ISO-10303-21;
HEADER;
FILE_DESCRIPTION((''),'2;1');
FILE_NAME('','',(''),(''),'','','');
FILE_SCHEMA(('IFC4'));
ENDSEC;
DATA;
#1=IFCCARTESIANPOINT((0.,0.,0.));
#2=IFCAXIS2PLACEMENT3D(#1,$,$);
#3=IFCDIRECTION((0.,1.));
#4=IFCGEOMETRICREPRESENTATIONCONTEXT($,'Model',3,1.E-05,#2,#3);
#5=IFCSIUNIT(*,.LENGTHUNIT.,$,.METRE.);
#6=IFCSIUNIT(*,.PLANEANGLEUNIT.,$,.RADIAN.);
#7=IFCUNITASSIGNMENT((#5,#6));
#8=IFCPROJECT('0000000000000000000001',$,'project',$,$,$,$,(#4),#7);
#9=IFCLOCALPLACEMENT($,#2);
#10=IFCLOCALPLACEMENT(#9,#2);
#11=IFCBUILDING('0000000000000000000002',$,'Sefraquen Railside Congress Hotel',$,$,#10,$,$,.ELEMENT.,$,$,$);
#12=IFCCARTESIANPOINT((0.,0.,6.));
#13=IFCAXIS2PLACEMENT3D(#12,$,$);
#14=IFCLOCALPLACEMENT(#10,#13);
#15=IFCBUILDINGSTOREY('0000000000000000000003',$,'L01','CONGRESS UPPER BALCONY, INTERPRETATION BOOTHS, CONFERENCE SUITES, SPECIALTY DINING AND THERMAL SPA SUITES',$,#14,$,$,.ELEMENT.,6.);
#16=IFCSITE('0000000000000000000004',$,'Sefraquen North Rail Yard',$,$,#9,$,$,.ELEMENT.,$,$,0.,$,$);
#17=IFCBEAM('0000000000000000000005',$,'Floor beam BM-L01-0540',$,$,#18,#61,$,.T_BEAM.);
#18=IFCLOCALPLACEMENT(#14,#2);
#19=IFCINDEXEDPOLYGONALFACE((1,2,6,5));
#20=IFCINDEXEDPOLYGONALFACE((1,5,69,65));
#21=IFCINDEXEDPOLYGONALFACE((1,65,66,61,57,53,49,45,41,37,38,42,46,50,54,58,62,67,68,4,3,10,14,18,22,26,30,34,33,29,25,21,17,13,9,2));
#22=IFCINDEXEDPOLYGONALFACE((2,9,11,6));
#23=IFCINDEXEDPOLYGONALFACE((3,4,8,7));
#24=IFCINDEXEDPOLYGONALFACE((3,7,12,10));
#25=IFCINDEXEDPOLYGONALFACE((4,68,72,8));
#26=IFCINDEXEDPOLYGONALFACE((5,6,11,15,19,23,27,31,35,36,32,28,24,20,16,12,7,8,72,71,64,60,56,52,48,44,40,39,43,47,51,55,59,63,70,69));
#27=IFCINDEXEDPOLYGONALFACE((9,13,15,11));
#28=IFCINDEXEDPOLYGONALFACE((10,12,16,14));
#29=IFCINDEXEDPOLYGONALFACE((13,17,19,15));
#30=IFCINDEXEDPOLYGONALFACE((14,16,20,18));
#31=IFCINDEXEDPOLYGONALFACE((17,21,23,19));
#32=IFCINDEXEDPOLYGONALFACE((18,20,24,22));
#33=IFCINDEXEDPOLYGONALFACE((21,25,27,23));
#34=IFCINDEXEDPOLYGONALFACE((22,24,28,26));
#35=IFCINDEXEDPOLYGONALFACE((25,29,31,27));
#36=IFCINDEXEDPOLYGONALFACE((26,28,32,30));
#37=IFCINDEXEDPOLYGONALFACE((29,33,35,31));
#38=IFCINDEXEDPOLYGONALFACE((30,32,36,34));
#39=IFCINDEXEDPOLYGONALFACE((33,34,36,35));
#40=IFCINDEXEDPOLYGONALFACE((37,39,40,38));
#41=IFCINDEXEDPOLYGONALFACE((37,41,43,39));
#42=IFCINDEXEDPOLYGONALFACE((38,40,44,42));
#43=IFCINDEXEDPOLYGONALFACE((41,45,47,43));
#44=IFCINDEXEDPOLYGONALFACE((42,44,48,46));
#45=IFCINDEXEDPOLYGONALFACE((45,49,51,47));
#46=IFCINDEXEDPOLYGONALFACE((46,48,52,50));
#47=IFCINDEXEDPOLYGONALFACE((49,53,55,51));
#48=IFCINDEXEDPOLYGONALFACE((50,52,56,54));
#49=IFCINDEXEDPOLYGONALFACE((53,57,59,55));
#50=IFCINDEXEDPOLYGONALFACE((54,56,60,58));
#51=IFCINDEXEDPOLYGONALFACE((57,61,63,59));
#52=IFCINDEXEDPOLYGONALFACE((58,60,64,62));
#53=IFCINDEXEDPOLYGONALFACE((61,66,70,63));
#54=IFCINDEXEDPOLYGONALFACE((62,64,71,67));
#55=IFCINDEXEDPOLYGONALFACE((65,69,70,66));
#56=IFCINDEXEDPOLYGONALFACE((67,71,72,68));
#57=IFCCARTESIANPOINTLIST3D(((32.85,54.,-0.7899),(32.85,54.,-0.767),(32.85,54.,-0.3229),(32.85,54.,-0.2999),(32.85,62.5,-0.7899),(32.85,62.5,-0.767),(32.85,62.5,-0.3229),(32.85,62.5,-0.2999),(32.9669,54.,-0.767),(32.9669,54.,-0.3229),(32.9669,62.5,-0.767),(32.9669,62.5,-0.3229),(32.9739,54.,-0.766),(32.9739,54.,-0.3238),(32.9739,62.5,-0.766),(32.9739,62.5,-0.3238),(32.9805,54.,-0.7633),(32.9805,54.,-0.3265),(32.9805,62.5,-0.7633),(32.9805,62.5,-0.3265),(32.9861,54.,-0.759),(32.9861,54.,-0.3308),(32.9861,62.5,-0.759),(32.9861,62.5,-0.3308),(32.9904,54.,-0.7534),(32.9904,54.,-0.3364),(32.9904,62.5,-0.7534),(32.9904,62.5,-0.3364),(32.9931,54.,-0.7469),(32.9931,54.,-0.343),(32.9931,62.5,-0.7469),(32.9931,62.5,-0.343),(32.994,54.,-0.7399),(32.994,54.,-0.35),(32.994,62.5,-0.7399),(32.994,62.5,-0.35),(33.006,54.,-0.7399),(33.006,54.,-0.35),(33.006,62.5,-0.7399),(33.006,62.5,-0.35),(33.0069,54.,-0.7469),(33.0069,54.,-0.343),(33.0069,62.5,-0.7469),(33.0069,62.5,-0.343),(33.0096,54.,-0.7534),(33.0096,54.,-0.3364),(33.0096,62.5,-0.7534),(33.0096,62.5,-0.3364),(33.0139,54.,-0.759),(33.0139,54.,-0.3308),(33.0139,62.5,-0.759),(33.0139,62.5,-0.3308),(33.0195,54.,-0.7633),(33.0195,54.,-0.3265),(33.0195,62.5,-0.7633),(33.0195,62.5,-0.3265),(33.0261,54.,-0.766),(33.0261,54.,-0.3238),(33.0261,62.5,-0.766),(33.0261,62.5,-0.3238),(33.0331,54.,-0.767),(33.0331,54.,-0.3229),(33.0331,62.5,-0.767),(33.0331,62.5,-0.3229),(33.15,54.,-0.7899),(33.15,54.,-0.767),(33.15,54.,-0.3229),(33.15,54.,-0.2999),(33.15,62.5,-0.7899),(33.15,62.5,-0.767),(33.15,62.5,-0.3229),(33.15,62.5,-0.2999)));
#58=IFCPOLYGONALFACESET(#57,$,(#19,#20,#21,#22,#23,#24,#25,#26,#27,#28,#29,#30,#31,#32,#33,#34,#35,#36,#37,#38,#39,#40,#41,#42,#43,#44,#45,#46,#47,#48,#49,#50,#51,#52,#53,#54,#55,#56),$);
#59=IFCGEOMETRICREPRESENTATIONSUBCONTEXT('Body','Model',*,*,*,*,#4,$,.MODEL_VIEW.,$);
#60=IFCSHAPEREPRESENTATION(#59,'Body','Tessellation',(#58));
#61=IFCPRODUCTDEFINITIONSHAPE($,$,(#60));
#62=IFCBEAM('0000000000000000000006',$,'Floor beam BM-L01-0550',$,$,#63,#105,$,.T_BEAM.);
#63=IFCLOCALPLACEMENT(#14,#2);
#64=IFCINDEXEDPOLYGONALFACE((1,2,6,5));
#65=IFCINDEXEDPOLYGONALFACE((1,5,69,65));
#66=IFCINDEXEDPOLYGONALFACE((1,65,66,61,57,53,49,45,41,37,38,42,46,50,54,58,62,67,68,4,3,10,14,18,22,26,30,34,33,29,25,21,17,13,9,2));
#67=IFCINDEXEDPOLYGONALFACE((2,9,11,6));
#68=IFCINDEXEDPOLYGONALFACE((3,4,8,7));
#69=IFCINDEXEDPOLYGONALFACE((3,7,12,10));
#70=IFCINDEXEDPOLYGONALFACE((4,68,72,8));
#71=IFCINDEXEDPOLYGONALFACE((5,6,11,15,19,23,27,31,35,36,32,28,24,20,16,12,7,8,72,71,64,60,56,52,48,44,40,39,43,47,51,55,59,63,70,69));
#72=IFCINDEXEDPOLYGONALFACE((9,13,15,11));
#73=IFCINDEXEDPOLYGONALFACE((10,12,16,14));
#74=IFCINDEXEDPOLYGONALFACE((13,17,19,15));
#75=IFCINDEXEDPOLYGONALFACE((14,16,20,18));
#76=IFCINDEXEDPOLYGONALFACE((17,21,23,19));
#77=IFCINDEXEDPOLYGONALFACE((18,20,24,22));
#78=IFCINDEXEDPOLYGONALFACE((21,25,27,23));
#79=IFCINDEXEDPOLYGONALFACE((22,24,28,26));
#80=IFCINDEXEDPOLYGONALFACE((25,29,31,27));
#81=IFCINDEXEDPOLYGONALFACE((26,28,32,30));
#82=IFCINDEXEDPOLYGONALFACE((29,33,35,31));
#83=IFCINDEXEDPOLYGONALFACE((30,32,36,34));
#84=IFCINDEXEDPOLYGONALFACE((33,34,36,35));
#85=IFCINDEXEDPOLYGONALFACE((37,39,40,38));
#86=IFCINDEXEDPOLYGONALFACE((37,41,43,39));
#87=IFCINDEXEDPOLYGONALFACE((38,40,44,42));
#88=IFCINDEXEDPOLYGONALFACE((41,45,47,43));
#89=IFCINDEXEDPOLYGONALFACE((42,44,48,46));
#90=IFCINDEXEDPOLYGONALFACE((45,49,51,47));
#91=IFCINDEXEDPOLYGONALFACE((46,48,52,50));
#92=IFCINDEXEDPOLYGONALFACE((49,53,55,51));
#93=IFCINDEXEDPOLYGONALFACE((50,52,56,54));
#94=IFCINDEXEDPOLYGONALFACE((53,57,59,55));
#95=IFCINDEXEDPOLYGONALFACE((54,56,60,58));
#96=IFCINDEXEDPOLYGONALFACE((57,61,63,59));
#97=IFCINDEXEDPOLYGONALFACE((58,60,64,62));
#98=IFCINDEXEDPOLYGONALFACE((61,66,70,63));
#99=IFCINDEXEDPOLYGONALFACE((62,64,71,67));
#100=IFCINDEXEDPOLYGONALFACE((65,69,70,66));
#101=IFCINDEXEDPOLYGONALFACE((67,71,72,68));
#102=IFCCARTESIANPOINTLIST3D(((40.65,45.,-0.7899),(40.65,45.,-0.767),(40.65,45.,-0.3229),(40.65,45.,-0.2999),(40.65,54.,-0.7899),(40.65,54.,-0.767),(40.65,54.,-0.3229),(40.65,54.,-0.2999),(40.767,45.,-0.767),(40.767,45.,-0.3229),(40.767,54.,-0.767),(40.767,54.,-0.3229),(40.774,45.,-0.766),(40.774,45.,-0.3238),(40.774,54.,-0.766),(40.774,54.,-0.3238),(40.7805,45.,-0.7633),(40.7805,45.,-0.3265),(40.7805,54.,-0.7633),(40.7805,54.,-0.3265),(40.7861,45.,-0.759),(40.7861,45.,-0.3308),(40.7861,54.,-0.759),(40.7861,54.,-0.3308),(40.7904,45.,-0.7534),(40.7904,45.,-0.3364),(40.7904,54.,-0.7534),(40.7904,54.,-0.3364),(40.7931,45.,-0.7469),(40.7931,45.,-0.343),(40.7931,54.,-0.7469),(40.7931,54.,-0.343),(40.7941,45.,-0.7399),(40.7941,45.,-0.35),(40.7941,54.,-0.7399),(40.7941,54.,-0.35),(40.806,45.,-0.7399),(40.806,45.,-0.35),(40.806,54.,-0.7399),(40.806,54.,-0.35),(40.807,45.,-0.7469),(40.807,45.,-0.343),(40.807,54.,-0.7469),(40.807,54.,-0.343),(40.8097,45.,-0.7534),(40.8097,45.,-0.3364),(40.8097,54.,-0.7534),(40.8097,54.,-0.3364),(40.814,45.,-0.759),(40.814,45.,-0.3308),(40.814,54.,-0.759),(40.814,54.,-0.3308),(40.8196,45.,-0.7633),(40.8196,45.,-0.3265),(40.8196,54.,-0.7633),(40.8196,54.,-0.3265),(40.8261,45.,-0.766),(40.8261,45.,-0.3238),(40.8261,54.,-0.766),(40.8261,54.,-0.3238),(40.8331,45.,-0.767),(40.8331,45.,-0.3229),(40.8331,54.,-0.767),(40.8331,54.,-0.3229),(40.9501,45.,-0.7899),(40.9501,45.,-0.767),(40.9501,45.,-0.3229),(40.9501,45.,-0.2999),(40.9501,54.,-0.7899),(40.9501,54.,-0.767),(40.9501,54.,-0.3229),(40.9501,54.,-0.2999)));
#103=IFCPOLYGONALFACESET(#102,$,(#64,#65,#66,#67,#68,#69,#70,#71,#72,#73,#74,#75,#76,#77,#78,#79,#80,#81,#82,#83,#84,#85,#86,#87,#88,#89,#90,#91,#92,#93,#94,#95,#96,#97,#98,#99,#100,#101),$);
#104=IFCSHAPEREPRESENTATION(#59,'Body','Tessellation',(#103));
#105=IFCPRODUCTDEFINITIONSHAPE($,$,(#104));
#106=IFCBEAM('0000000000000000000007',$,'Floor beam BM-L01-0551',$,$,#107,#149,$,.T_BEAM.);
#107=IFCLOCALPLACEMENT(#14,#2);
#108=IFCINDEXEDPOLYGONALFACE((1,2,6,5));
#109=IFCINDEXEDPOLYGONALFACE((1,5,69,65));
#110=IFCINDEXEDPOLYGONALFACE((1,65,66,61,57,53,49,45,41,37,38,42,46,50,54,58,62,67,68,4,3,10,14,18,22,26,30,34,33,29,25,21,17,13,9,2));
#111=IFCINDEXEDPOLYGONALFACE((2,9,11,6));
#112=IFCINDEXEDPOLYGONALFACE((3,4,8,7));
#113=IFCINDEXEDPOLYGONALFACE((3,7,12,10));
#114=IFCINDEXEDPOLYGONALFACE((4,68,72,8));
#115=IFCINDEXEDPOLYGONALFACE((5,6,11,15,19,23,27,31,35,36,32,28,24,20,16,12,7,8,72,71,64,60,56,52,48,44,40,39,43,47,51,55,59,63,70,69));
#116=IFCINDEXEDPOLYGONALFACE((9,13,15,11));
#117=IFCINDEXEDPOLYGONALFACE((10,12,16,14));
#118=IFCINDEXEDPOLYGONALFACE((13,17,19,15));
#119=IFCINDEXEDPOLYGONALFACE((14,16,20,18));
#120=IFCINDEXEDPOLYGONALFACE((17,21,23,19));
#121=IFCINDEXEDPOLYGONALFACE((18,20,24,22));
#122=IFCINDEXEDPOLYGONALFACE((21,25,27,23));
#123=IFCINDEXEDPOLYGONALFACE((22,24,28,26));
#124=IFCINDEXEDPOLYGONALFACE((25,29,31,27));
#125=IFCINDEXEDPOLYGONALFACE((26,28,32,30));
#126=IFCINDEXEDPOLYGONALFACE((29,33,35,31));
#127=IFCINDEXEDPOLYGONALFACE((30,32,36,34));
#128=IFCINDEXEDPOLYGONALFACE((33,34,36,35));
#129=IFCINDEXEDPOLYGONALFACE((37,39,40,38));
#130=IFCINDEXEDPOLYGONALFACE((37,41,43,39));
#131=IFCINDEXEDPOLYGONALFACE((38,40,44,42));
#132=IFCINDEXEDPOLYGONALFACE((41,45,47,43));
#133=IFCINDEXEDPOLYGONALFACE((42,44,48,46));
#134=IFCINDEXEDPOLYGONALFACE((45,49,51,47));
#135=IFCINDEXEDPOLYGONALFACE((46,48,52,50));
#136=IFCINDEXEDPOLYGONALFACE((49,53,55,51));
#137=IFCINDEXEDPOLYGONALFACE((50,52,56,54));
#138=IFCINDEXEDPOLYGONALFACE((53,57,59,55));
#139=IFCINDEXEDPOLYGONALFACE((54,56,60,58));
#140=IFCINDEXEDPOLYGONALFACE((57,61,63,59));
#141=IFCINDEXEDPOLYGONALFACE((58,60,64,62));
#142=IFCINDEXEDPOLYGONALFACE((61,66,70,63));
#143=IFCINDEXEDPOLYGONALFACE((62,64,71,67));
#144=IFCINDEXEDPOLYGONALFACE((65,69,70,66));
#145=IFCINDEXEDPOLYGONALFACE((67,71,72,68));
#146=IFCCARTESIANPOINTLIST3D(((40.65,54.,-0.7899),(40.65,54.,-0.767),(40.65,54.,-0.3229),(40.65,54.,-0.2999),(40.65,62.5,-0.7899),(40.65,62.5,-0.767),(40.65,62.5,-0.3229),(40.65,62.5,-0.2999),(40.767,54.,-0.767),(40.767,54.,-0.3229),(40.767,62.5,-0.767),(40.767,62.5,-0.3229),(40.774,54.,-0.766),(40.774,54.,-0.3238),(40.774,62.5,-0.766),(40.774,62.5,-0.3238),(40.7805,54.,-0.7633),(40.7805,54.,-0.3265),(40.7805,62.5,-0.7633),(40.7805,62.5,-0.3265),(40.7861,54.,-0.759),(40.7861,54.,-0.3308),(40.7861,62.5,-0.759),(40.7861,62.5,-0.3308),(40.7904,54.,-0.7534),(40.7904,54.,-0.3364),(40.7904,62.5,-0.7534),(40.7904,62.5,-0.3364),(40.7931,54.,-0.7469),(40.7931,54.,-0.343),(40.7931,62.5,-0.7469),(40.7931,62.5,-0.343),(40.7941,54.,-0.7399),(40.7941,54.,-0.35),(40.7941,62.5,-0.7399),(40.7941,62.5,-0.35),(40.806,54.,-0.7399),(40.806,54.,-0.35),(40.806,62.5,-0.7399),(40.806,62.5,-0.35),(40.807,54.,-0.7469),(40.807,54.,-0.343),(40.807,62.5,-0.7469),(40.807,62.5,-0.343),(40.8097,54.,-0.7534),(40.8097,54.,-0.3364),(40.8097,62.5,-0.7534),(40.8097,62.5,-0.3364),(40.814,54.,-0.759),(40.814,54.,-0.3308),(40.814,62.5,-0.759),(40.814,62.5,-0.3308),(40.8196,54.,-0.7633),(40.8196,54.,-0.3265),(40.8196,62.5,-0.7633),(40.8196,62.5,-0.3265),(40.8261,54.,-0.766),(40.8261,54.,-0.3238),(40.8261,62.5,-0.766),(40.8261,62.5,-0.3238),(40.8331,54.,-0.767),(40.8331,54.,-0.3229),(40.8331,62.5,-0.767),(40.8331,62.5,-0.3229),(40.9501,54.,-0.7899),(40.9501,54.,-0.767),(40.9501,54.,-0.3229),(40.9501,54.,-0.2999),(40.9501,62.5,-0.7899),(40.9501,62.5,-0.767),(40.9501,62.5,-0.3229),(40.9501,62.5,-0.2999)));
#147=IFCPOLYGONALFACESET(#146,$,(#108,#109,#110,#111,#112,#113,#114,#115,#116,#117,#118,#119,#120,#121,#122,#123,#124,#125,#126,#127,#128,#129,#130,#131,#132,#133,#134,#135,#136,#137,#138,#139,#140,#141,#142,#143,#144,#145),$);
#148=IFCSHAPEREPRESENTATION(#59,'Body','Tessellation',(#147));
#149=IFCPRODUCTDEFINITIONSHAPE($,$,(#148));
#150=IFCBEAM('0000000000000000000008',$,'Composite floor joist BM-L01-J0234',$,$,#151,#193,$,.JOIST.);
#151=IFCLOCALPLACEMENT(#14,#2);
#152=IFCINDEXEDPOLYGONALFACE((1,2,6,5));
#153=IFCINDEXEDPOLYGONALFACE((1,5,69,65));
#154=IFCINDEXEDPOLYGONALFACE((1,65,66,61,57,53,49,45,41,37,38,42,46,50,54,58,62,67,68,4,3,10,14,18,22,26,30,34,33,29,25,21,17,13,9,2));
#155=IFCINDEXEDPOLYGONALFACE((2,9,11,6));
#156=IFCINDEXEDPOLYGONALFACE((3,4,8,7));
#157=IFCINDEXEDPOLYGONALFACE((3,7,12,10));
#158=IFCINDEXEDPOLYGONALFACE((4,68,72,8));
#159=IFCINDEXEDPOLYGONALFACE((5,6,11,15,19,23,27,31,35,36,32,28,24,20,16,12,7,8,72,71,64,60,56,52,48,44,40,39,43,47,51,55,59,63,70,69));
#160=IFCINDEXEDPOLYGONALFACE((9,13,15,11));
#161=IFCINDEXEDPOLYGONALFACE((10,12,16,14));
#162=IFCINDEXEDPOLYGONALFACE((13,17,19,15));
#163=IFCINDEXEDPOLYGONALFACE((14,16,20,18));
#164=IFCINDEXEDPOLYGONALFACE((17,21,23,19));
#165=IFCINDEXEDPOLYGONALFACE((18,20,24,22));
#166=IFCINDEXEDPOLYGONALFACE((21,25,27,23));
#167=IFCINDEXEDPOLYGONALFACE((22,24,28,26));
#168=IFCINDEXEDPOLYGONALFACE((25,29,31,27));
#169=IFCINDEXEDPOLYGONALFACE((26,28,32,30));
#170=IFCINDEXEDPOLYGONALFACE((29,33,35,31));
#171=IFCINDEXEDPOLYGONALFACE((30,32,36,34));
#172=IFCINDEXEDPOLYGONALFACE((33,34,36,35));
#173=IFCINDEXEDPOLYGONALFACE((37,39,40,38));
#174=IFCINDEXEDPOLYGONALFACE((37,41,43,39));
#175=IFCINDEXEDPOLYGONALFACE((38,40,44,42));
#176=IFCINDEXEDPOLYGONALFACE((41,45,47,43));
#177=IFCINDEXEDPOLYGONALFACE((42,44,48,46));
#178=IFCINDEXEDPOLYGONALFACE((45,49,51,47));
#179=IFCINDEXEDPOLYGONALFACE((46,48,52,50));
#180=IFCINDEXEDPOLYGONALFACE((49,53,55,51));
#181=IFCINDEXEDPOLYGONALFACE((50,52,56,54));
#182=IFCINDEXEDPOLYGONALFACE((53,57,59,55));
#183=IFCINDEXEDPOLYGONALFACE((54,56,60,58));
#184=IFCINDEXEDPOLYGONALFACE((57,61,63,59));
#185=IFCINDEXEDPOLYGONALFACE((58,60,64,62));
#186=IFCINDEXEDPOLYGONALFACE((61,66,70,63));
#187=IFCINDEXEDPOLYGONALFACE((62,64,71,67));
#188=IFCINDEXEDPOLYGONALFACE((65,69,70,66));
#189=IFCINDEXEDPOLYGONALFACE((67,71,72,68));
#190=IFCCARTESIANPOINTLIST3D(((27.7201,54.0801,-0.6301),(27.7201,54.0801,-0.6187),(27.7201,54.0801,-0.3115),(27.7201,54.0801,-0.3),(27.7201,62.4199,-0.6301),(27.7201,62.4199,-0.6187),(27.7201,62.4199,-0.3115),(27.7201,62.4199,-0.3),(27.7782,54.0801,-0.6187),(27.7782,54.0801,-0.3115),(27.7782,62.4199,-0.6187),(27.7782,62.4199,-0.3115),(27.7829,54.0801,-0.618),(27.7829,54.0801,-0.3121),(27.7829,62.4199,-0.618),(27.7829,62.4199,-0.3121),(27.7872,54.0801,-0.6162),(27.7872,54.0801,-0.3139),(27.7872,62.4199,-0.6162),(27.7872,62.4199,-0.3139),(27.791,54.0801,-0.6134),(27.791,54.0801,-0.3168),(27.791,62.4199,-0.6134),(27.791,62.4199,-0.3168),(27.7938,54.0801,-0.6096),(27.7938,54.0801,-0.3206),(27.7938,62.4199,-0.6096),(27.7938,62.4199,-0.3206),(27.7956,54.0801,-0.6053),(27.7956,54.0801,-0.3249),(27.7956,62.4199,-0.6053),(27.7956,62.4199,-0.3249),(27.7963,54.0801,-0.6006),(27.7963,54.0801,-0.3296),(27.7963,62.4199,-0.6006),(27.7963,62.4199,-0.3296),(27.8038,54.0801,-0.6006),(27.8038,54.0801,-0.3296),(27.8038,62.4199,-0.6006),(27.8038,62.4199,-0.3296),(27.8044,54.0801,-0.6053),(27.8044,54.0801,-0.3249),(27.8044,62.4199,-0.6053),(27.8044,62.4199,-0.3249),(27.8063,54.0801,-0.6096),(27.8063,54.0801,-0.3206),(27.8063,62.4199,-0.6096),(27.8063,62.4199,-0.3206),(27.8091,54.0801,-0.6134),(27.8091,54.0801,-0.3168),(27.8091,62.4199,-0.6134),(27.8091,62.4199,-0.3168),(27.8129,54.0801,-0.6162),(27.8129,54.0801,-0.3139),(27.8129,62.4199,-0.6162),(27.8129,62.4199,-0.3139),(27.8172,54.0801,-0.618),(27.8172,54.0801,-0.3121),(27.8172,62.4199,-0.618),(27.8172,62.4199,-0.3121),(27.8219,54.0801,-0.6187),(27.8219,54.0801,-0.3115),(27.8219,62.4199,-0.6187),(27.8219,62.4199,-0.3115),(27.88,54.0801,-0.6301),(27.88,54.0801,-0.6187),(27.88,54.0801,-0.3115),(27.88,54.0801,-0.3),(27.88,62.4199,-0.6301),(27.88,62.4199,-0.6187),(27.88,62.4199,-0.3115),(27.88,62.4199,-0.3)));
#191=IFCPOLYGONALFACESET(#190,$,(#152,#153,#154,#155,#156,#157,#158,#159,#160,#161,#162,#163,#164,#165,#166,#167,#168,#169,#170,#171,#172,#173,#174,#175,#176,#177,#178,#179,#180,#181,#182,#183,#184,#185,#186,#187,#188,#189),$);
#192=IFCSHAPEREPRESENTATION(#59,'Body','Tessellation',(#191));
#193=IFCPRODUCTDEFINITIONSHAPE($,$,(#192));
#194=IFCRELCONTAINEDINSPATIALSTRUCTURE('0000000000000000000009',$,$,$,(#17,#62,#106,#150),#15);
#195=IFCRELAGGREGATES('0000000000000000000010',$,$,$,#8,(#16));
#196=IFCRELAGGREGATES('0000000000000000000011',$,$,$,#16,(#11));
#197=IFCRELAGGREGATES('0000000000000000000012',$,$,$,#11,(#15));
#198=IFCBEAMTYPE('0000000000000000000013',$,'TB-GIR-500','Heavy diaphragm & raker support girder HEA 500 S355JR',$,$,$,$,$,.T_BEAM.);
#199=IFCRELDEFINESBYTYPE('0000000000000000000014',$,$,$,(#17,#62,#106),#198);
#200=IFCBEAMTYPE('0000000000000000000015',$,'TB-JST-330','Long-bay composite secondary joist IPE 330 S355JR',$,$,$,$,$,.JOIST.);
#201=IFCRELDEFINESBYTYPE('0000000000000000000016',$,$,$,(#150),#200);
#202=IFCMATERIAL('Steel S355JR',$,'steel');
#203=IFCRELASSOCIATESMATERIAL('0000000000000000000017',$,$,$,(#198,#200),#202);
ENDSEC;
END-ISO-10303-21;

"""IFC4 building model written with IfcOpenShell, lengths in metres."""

from ifc_helpers import new_model, si_unit, direction, frame, origin, origin_2d, place, context, subcontext, project, spatial, i_section, extrude, material, material_profile, profile_set, type_object, element, save


model = new_model("IFC4")

# Units and contexts
model_context = context("Model", 3, precision=1e-05, world=origin(), true_north=direction((0.0, 1.0)))
body_context = subcontext(model_context, "Body", "Model", "MODEL_VIEW")
ifc_project = project(units=[si_unit("LENGTHUNIT", "METRE"), si_unit("PLANEANGLEUNIT", "RADIAN")], contexts=[model_context])

# Site, building, storey
site_placement = place(None, origin())
site = spatial("IfcSite", under=ifc_project, at=site_placement, Name="Sefraquen North Rail Yard", CompositionType="ELEMENT", RefElevation=0.0)
building_placement = place(site_placement, origin())
building = spatial("IfcBuilding", under=site, at=building_placement, Name="Sefraquen Railside Congress Hotel", CompositionType="ELEMENT")
storey_placement = place(building_placement, frame((0.0, 0.0, 6.0)))
storey = spatial("IfcBuildingStorey", under=building, at=storey_placement, Name="L01", Description="CONGRESS UPPER BALCONY, INTERPRETATION BOOTHS, CONFERENCE SUITES, SPECIALTY DINING AND THERMAL SPA SUITES", CompositionType="ELEMENT", Elevation=6.0)

# Shared definitions
ifc_material_1 = material(Name="Steel S355JR", Category="steel")

# Beams
ifc_material_profile_1 = material_profile(ifc_material_1, i_section(OverallWidth=0.3, OverallDepth=0.49, WebThickness=0.012, FlangeThickness=0.0229, FilletRadius=0.0271, at=origin_2d()), Name="HEA 500")
ifc_profile_set_1 = profile_set([ifc_material_profile_1], Name="Steel S355JR")
beam_type_1 = type_object("IfcBeamType", Name="TB-GIR-500", Description="Heavy diaphragm & raker support girder HEA 500 S355JR", PredefinedType="T_BEAM", material=ifc_profile_set_1)
beam_1_placement = place(storey_placement, frame((33.0, 54.0, -0.5449), z_axis=(0.0, 1.0, 0.0), x_axis=(-1.0, 0.0, 0.0)))
element("IfcBeam", 1, at=beam_1_placement, inside=storey, type_object=beam_type_1, Name="Floor beam BM-L01-0540", PredefinedType="T_BEAM", context=body_context, shape_type="SweptSolid", body=[
    extrude(i_section(OverallWidth=0.3, OverallDepth=0.49, WebThickness=0.012, FlangeThickness=0.0229, FilletRadius=0.0271, at=origin_2d()), origin(), (0.0, 0.0, 1.0), 8.5),
])
beam_2_placement = place(storey_placement, frame((40.8, 45.0, -0.5449), z_axis=(0.0, 1.0, 0.0), x_axis=(-1.0, 0.0, 0.0)))
element("IfcBeam", 2, at=beam_2_placement, inside=storey, type_object=beam_type_1, Name="Floor beam BM-L01-0550", PredefinedType="T_BEAM", context=body_context, shape_type="SweptSolid", body=[
    extrude(i_section(OverallWidth=0.3, OverallDepth=0.49, WebThickness=0.012, FlangeThickness=0.0229, FilletRadius=0.0271, at=origin_2d()), origin(), (0.0, 0.0, 1.0), 9.0),
])
beam_3_placement = place(storey_placement, frame((40.8, 54.0, -0.5449), z_axis=(0.0, 1.0, 0.0), x_axis=(-1.0, 0.0, 0.0)))
element("IfcBeam", 3, at=beam_3_placement, inside=storey, type_object=beam_type_1, Name="Floor beam BM-L01-0551", PredefinedType="T_BEAM", context=body_context, shape_type="SweptSolid", body=[
    extrude(i_section(OverallWidth=0.3, OverallDepth=0.49, WebThickness=0.012, FlangeThickness=0.0229, FilletRadius=0.0271, at=origin_2d()), origin(), (0.0, 0.0, 1.0), 8.5),
])
ifc_material_profile_2 = material_profile(ifc_material_1, i_section(OverallWidth=0.1599, OverallDepth=0.3301, WebThickness=0.0076, FlangeThickness=0.0115, FilletRadius=0.0181, at=origin_2d()), Name="IPE 330")
ifc_profile_set_2 = profile_set([ifc_material_profile_2], Name="Steel S355JR")
beam_type_2 = type_object("IfcBeamType", Name="TB-JST-330", Description="Long-bay composite secondary joist IPE 330 S355JR", PredefinedType="JOIST", material=ifc_profile_set_2)
for number, where, z_axis, x_axis, name in (
    (4, (27.8, 54.0801, -0.4651), (0.0, 1.0, 0.0), (-1.0, 0.0, 0.0), "Composite floor joist BM-L01-J0234"),
):
    element("IfcBeam", number, at=place(storey_placement, frame(where, z_axis=z_axis, x_axis=x_axis)), inside=storey, type_object=beam_type_2, Name=name, PredefinedType="JOIST", context=body_context, shape_type="SweptSolid", body=[
        extrude(i_section(OverallWidth=0.1599, OverallDepth=0.3301, WebThickness=0.0076, FlangeThickness=0.0115, FilletRadius=0.0181, at=origin_2d()), origin(), (0.0, 0.0, 1.0), 8.3398),
    ])

save(model, "model.ifc")
